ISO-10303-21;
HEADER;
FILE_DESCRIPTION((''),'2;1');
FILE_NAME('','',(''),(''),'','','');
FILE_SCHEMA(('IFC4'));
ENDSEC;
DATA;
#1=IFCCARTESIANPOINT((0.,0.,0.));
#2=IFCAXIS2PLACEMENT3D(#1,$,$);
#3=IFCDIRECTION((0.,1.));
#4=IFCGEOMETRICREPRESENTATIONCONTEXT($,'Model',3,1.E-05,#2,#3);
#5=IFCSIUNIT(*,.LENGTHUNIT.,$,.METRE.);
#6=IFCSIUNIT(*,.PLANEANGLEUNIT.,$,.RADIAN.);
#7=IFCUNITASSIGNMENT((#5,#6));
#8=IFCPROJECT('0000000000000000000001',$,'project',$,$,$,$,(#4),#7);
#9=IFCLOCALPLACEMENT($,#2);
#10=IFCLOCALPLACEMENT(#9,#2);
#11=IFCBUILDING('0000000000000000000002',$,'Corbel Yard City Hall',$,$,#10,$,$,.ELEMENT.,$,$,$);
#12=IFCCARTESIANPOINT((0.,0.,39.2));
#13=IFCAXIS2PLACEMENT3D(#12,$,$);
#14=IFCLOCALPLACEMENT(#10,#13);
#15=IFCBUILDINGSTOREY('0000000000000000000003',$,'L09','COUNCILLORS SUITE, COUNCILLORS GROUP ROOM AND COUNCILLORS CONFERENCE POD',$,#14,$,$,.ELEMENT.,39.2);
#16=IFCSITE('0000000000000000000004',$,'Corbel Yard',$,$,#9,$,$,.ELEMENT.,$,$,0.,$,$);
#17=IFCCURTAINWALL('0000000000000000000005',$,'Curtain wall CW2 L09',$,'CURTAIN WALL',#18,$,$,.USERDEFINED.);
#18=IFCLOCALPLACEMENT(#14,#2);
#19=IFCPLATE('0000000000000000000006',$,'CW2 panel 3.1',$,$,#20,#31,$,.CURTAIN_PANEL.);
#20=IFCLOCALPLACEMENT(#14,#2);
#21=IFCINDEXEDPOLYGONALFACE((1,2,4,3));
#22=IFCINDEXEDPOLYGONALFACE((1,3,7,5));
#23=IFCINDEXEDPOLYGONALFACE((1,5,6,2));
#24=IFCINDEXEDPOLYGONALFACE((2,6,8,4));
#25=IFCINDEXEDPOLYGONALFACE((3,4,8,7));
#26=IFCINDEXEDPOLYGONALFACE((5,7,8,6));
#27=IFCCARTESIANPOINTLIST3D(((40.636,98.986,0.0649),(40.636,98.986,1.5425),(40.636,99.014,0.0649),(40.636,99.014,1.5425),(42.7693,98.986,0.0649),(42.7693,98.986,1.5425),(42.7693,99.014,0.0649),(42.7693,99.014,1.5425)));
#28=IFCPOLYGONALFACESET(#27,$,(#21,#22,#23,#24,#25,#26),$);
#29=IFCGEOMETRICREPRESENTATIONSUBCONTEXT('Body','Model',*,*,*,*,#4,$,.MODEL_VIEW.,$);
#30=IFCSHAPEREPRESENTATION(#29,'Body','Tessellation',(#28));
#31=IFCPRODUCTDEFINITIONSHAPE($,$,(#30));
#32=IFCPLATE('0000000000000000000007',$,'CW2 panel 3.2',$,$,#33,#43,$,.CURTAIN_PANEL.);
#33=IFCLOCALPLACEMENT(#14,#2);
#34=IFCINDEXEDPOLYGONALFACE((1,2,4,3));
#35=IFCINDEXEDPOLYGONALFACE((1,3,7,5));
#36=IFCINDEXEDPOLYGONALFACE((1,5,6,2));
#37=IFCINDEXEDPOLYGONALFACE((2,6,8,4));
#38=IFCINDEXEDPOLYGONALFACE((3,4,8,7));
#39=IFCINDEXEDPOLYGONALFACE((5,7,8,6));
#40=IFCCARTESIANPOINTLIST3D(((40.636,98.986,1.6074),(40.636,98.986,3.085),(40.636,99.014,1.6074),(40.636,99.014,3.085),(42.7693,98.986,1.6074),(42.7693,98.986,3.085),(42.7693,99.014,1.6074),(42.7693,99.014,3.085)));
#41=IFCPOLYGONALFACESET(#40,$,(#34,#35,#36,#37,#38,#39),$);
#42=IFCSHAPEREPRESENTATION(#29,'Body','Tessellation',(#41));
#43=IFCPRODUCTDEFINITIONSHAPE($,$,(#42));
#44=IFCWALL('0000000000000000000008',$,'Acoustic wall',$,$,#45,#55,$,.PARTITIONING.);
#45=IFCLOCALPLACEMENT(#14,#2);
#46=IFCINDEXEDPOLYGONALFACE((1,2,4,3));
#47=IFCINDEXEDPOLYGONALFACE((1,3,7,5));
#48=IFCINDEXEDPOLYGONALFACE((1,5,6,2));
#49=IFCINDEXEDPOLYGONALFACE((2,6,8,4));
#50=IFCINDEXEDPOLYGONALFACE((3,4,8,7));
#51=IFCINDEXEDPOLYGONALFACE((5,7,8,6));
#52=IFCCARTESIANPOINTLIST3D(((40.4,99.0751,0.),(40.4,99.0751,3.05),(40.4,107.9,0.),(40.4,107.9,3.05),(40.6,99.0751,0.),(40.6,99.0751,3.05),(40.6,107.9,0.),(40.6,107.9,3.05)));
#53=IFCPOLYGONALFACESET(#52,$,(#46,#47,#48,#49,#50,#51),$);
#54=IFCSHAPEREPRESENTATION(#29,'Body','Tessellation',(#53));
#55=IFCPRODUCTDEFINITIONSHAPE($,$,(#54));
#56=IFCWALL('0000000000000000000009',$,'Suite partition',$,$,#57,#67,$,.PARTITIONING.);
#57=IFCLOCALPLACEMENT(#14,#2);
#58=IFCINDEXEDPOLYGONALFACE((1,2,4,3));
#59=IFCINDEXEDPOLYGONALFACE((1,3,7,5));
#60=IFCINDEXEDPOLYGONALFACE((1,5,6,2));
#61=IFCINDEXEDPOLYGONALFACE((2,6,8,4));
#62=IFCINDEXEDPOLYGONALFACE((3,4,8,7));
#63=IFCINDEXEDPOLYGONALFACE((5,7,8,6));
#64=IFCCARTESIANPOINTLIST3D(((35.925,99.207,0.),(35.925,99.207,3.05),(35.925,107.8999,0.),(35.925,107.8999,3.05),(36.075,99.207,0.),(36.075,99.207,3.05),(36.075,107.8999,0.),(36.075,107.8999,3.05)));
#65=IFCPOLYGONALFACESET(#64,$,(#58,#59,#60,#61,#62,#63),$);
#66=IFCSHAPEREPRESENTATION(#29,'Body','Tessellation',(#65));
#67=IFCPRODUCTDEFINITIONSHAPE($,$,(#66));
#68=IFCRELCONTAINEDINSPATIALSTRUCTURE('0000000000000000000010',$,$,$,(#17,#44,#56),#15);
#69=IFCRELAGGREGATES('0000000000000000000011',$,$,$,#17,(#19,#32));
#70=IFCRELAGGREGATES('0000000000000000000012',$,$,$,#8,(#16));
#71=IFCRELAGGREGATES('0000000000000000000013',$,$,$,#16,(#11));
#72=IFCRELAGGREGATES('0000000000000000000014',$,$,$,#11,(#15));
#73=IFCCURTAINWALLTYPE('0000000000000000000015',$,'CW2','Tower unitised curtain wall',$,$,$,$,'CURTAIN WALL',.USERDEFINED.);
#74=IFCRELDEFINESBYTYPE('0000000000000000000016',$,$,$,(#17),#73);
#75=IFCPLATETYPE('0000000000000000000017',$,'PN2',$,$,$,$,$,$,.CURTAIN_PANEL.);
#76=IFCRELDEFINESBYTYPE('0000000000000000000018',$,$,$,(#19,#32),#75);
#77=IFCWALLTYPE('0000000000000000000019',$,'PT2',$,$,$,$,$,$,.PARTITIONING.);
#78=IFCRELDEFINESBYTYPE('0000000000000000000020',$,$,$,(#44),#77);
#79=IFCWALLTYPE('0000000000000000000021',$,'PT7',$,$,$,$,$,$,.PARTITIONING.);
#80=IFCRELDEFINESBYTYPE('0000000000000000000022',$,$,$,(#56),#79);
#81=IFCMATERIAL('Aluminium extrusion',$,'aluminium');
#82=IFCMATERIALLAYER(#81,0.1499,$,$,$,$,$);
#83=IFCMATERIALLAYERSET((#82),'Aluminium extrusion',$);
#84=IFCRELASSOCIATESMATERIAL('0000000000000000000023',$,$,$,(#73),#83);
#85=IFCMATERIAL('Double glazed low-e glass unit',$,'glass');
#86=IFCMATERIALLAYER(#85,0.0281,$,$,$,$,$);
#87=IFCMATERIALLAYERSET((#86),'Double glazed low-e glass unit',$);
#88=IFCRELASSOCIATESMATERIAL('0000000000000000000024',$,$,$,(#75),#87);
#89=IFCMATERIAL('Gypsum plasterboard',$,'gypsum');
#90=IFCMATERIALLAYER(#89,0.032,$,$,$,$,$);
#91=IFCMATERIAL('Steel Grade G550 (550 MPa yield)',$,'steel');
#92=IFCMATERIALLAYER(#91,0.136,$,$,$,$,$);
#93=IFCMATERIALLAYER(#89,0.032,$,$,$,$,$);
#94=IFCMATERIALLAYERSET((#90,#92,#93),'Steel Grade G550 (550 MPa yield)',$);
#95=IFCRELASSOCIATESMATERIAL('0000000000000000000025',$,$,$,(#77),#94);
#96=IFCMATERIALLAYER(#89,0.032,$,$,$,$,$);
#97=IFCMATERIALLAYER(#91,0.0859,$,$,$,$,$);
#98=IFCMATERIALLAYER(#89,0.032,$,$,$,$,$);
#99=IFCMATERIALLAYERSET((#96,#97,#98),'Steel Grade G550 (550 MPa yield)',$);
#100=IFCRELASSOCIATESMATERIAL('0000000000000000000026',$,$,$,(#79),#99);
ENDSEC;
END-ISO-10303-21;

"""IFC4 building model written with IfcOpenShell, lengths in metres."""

from ifc_helpers import new_model, si_unit, direction, frame, frame_2d, origin, origin_2d, place, context, subcontext, project, spatial, rectangle, extrude, material, layer, layer_set, type_object, element, aggregate, save


model = new_model("IFC4")

# Units and contexts
model_context = context("Model", 3, precision=1e-05, world=origin(), true_north=direction((0.0, 1.0)))
body_context = subcontext(model_context, "Body", "Model", "MODEL_VIEW")
ifc_project = project(units=[si_unit("LENGTHUNIT", "METRE"), si_unit("PLANEANGLEUNIT", "RADIAN")], contexts=[model_context])

# Site, building, storey
site_placement = place(None, origin())
site = spatial("IfcSite", under=ifc_project, at=site_placement, Name="Corbel Yard", CompositionType="ELEMENT", RefElevation=0.0)
building_placement = place(site_placement, origin())
building = spatial("IfcBuilding", under=site, at=building_placement, Name="Corbel Yard City Hall", CompositionType="ELEMENT")
storey_placement = place(building_placement, frame((0.0, 0.0, 39.2)))
storey = spatial("IfcBuildingStorey", under=building, at=storey_placement, Name="L09", Description="COUNCILLORS SUITE, COUNCILLORS GROUP ROOM AND COUNCILLORS CONFERENCE POD", CompositionType="ELEMENT", Elevation=39.2)

# Curtain wall, plates
ifc_material_1 = material(Name="Aluminium extrusion", Category="aluminium")
ifc_layer_1 = layer(ifc_material_1, 0.1499)
ifc_layer_set_1 = layer_set([ifc_layer_1], Name="Aluminium extrusion")
curtain_wall_type = type_object("IfcCurtainWallType", Name="CW2", Description="Tower unitised curtain wall", ElementType="CURTAIN WALL", PredefinedType="USERDEFINED", material=ifc_layer_set_1)
curtain_wall_placement = place(storey_placement, origin())
curtain_wall = element("IfcCurtainWall", 1, at=curtain_wall_placement, inside=storey, type_object=curtain_wall_type, Name="Curtain wall CW2 L09", ObjectType="CURTAIN WALL", PredefinedType="USERDEFINED")
ifc_material_2 = material(Name="Double glazed low-e glass unit", Category="glass")
ifc_layer_2 = layer(ifc_material_2, 0.0281)
ifc_layer_set_2 = layer_set([ifc_layer_2], Name="Double glazed low-e glass unit")
plate_type = type_object("IfcPlateType", Name="PN2", PredefinedType="CURTAIN_PANEL", material=ifc_layer_set_2)
plate_1_placement = place(storey_placement, frame((41.7026, 99.0, 0.0649), z_axis=(0.0, 0.0, 1.0), x_axis=(1.0, 0.0, 0.0)))
plate_1 = element("IfcPlate", 2, at=plate_1_placement, type_object=plate_type, Name="CW2 panel 3.1", PredefinedType="CURTAIN_PANEL", context=body_context, shape_type="SweptSolid", body=[
    extrude(rectangle(XDim=2.1333, YDim=0.0281, at=origin_2d()), origin(), (0.0, 0.0, 1.0), 1.4775),
])
plate_2_placement = place(storey_placement, frame((41.7026, 99.0, 1.6074), z_axis=(0.0, 0.0, 1.0), x_axis=(1.0, 0.0, 0.0)))
plate_2 = element("IfcPlate", 3, at=plate_2_placement, type_object=plate_type, Name="CW2 panel 3.2", PredefinedType="CURTAIN_PANEL", context=body_context, shape_type="SweptSolid", body=[
    extrude(rectangle(XDim=2.1333, YDim=0.0281, at=origin_2d()), origin(), (0.0, 0.0, 1.0), 1.4775),
])
aggregate(curtain_wall, [plate_1, plate_2])

# Walls
ifc_material_3 = material(Name="Gypsum plasterboard", Category="gypsum")
ifc_layer_3 = layer(ifc_material_3, 0.032)
ifc_material_4 = material(Name="Steel Grade G550 (550 MPa yield)", Category="steel")
ifc_layer_4 = layer(ifc_material_4, 0.136)
ifc_layer_5 = layer(ifc_material_3, 0.032)
ifc_layer_set_3 = layer_set([ifc_layer_3, ifc_layer_4, ifc_layer_5], Name="Steel Grade G550 (550 MPa yield)")
wall_type_1 = type_object("IfcWallType", Name="PT2", PredefinedType="PARTITIONING", material=ifc_layer_set_3)
wall_1_placement = place(storey_placement, frame((40.5, 99.075, 0.0), z_axis=(0.0, 0.0, 1.0), x_axis=(0.0, 1.0, 0.0)))
element("IfcWall", 4, at=wall_1_placement, inside=storey, type_object=wall_type_1, Name="Acoustic wall", PredefinedType="PARTITIONING", context=body_context, shape_type="SweptSolid", body=[
    extrude(rectangle(XDim=8.825, YDim=0.2, at=frame_2d((4.4126, 0.0))), origin(), (0.0, 0.0, 1.0), 3.05),
])
ifc_layer_6 = layer(ifc_material_3, 0.032)
ifc_layer_7 = layer(ifc_material_4, 0.0859)
ifc_layer_8 = layer(ifc_material_3, 0.032)
ifc_layer_set_4 = layer_set([ifc_layer_6, ifc_layer_7, ifc_layer_8], Name="Steel Grade G550 (550 MPa yield)")
wall_type_2 = type_object("IfcWallType", Name="PT7", PredefinedType="PARTITIONING", material=ifc_layer_set_4)
wall_2_placement = place(storey_placement, frame((36.0, 99.207, 0.0), z_axis=(0.0, 0.0, 1.0), x_axis=(0.0, 1.0, 0.0)))
element("IfcWall", 5, at=wall_2_placement, inside=storey, type_object=wall_type_2, Name="Suite partition", PredefinedType="PARTITIONING", context=body_context, shape_type="SweptSolid", body=[
    extrude(rectangle(XDim=8.6929, YDim=0.1499, at=frame_2d((4.3464, 0.0))), origin(), (0.0, 0.0, 1.0), 3.05),
])

save(model, "model.ifc")
